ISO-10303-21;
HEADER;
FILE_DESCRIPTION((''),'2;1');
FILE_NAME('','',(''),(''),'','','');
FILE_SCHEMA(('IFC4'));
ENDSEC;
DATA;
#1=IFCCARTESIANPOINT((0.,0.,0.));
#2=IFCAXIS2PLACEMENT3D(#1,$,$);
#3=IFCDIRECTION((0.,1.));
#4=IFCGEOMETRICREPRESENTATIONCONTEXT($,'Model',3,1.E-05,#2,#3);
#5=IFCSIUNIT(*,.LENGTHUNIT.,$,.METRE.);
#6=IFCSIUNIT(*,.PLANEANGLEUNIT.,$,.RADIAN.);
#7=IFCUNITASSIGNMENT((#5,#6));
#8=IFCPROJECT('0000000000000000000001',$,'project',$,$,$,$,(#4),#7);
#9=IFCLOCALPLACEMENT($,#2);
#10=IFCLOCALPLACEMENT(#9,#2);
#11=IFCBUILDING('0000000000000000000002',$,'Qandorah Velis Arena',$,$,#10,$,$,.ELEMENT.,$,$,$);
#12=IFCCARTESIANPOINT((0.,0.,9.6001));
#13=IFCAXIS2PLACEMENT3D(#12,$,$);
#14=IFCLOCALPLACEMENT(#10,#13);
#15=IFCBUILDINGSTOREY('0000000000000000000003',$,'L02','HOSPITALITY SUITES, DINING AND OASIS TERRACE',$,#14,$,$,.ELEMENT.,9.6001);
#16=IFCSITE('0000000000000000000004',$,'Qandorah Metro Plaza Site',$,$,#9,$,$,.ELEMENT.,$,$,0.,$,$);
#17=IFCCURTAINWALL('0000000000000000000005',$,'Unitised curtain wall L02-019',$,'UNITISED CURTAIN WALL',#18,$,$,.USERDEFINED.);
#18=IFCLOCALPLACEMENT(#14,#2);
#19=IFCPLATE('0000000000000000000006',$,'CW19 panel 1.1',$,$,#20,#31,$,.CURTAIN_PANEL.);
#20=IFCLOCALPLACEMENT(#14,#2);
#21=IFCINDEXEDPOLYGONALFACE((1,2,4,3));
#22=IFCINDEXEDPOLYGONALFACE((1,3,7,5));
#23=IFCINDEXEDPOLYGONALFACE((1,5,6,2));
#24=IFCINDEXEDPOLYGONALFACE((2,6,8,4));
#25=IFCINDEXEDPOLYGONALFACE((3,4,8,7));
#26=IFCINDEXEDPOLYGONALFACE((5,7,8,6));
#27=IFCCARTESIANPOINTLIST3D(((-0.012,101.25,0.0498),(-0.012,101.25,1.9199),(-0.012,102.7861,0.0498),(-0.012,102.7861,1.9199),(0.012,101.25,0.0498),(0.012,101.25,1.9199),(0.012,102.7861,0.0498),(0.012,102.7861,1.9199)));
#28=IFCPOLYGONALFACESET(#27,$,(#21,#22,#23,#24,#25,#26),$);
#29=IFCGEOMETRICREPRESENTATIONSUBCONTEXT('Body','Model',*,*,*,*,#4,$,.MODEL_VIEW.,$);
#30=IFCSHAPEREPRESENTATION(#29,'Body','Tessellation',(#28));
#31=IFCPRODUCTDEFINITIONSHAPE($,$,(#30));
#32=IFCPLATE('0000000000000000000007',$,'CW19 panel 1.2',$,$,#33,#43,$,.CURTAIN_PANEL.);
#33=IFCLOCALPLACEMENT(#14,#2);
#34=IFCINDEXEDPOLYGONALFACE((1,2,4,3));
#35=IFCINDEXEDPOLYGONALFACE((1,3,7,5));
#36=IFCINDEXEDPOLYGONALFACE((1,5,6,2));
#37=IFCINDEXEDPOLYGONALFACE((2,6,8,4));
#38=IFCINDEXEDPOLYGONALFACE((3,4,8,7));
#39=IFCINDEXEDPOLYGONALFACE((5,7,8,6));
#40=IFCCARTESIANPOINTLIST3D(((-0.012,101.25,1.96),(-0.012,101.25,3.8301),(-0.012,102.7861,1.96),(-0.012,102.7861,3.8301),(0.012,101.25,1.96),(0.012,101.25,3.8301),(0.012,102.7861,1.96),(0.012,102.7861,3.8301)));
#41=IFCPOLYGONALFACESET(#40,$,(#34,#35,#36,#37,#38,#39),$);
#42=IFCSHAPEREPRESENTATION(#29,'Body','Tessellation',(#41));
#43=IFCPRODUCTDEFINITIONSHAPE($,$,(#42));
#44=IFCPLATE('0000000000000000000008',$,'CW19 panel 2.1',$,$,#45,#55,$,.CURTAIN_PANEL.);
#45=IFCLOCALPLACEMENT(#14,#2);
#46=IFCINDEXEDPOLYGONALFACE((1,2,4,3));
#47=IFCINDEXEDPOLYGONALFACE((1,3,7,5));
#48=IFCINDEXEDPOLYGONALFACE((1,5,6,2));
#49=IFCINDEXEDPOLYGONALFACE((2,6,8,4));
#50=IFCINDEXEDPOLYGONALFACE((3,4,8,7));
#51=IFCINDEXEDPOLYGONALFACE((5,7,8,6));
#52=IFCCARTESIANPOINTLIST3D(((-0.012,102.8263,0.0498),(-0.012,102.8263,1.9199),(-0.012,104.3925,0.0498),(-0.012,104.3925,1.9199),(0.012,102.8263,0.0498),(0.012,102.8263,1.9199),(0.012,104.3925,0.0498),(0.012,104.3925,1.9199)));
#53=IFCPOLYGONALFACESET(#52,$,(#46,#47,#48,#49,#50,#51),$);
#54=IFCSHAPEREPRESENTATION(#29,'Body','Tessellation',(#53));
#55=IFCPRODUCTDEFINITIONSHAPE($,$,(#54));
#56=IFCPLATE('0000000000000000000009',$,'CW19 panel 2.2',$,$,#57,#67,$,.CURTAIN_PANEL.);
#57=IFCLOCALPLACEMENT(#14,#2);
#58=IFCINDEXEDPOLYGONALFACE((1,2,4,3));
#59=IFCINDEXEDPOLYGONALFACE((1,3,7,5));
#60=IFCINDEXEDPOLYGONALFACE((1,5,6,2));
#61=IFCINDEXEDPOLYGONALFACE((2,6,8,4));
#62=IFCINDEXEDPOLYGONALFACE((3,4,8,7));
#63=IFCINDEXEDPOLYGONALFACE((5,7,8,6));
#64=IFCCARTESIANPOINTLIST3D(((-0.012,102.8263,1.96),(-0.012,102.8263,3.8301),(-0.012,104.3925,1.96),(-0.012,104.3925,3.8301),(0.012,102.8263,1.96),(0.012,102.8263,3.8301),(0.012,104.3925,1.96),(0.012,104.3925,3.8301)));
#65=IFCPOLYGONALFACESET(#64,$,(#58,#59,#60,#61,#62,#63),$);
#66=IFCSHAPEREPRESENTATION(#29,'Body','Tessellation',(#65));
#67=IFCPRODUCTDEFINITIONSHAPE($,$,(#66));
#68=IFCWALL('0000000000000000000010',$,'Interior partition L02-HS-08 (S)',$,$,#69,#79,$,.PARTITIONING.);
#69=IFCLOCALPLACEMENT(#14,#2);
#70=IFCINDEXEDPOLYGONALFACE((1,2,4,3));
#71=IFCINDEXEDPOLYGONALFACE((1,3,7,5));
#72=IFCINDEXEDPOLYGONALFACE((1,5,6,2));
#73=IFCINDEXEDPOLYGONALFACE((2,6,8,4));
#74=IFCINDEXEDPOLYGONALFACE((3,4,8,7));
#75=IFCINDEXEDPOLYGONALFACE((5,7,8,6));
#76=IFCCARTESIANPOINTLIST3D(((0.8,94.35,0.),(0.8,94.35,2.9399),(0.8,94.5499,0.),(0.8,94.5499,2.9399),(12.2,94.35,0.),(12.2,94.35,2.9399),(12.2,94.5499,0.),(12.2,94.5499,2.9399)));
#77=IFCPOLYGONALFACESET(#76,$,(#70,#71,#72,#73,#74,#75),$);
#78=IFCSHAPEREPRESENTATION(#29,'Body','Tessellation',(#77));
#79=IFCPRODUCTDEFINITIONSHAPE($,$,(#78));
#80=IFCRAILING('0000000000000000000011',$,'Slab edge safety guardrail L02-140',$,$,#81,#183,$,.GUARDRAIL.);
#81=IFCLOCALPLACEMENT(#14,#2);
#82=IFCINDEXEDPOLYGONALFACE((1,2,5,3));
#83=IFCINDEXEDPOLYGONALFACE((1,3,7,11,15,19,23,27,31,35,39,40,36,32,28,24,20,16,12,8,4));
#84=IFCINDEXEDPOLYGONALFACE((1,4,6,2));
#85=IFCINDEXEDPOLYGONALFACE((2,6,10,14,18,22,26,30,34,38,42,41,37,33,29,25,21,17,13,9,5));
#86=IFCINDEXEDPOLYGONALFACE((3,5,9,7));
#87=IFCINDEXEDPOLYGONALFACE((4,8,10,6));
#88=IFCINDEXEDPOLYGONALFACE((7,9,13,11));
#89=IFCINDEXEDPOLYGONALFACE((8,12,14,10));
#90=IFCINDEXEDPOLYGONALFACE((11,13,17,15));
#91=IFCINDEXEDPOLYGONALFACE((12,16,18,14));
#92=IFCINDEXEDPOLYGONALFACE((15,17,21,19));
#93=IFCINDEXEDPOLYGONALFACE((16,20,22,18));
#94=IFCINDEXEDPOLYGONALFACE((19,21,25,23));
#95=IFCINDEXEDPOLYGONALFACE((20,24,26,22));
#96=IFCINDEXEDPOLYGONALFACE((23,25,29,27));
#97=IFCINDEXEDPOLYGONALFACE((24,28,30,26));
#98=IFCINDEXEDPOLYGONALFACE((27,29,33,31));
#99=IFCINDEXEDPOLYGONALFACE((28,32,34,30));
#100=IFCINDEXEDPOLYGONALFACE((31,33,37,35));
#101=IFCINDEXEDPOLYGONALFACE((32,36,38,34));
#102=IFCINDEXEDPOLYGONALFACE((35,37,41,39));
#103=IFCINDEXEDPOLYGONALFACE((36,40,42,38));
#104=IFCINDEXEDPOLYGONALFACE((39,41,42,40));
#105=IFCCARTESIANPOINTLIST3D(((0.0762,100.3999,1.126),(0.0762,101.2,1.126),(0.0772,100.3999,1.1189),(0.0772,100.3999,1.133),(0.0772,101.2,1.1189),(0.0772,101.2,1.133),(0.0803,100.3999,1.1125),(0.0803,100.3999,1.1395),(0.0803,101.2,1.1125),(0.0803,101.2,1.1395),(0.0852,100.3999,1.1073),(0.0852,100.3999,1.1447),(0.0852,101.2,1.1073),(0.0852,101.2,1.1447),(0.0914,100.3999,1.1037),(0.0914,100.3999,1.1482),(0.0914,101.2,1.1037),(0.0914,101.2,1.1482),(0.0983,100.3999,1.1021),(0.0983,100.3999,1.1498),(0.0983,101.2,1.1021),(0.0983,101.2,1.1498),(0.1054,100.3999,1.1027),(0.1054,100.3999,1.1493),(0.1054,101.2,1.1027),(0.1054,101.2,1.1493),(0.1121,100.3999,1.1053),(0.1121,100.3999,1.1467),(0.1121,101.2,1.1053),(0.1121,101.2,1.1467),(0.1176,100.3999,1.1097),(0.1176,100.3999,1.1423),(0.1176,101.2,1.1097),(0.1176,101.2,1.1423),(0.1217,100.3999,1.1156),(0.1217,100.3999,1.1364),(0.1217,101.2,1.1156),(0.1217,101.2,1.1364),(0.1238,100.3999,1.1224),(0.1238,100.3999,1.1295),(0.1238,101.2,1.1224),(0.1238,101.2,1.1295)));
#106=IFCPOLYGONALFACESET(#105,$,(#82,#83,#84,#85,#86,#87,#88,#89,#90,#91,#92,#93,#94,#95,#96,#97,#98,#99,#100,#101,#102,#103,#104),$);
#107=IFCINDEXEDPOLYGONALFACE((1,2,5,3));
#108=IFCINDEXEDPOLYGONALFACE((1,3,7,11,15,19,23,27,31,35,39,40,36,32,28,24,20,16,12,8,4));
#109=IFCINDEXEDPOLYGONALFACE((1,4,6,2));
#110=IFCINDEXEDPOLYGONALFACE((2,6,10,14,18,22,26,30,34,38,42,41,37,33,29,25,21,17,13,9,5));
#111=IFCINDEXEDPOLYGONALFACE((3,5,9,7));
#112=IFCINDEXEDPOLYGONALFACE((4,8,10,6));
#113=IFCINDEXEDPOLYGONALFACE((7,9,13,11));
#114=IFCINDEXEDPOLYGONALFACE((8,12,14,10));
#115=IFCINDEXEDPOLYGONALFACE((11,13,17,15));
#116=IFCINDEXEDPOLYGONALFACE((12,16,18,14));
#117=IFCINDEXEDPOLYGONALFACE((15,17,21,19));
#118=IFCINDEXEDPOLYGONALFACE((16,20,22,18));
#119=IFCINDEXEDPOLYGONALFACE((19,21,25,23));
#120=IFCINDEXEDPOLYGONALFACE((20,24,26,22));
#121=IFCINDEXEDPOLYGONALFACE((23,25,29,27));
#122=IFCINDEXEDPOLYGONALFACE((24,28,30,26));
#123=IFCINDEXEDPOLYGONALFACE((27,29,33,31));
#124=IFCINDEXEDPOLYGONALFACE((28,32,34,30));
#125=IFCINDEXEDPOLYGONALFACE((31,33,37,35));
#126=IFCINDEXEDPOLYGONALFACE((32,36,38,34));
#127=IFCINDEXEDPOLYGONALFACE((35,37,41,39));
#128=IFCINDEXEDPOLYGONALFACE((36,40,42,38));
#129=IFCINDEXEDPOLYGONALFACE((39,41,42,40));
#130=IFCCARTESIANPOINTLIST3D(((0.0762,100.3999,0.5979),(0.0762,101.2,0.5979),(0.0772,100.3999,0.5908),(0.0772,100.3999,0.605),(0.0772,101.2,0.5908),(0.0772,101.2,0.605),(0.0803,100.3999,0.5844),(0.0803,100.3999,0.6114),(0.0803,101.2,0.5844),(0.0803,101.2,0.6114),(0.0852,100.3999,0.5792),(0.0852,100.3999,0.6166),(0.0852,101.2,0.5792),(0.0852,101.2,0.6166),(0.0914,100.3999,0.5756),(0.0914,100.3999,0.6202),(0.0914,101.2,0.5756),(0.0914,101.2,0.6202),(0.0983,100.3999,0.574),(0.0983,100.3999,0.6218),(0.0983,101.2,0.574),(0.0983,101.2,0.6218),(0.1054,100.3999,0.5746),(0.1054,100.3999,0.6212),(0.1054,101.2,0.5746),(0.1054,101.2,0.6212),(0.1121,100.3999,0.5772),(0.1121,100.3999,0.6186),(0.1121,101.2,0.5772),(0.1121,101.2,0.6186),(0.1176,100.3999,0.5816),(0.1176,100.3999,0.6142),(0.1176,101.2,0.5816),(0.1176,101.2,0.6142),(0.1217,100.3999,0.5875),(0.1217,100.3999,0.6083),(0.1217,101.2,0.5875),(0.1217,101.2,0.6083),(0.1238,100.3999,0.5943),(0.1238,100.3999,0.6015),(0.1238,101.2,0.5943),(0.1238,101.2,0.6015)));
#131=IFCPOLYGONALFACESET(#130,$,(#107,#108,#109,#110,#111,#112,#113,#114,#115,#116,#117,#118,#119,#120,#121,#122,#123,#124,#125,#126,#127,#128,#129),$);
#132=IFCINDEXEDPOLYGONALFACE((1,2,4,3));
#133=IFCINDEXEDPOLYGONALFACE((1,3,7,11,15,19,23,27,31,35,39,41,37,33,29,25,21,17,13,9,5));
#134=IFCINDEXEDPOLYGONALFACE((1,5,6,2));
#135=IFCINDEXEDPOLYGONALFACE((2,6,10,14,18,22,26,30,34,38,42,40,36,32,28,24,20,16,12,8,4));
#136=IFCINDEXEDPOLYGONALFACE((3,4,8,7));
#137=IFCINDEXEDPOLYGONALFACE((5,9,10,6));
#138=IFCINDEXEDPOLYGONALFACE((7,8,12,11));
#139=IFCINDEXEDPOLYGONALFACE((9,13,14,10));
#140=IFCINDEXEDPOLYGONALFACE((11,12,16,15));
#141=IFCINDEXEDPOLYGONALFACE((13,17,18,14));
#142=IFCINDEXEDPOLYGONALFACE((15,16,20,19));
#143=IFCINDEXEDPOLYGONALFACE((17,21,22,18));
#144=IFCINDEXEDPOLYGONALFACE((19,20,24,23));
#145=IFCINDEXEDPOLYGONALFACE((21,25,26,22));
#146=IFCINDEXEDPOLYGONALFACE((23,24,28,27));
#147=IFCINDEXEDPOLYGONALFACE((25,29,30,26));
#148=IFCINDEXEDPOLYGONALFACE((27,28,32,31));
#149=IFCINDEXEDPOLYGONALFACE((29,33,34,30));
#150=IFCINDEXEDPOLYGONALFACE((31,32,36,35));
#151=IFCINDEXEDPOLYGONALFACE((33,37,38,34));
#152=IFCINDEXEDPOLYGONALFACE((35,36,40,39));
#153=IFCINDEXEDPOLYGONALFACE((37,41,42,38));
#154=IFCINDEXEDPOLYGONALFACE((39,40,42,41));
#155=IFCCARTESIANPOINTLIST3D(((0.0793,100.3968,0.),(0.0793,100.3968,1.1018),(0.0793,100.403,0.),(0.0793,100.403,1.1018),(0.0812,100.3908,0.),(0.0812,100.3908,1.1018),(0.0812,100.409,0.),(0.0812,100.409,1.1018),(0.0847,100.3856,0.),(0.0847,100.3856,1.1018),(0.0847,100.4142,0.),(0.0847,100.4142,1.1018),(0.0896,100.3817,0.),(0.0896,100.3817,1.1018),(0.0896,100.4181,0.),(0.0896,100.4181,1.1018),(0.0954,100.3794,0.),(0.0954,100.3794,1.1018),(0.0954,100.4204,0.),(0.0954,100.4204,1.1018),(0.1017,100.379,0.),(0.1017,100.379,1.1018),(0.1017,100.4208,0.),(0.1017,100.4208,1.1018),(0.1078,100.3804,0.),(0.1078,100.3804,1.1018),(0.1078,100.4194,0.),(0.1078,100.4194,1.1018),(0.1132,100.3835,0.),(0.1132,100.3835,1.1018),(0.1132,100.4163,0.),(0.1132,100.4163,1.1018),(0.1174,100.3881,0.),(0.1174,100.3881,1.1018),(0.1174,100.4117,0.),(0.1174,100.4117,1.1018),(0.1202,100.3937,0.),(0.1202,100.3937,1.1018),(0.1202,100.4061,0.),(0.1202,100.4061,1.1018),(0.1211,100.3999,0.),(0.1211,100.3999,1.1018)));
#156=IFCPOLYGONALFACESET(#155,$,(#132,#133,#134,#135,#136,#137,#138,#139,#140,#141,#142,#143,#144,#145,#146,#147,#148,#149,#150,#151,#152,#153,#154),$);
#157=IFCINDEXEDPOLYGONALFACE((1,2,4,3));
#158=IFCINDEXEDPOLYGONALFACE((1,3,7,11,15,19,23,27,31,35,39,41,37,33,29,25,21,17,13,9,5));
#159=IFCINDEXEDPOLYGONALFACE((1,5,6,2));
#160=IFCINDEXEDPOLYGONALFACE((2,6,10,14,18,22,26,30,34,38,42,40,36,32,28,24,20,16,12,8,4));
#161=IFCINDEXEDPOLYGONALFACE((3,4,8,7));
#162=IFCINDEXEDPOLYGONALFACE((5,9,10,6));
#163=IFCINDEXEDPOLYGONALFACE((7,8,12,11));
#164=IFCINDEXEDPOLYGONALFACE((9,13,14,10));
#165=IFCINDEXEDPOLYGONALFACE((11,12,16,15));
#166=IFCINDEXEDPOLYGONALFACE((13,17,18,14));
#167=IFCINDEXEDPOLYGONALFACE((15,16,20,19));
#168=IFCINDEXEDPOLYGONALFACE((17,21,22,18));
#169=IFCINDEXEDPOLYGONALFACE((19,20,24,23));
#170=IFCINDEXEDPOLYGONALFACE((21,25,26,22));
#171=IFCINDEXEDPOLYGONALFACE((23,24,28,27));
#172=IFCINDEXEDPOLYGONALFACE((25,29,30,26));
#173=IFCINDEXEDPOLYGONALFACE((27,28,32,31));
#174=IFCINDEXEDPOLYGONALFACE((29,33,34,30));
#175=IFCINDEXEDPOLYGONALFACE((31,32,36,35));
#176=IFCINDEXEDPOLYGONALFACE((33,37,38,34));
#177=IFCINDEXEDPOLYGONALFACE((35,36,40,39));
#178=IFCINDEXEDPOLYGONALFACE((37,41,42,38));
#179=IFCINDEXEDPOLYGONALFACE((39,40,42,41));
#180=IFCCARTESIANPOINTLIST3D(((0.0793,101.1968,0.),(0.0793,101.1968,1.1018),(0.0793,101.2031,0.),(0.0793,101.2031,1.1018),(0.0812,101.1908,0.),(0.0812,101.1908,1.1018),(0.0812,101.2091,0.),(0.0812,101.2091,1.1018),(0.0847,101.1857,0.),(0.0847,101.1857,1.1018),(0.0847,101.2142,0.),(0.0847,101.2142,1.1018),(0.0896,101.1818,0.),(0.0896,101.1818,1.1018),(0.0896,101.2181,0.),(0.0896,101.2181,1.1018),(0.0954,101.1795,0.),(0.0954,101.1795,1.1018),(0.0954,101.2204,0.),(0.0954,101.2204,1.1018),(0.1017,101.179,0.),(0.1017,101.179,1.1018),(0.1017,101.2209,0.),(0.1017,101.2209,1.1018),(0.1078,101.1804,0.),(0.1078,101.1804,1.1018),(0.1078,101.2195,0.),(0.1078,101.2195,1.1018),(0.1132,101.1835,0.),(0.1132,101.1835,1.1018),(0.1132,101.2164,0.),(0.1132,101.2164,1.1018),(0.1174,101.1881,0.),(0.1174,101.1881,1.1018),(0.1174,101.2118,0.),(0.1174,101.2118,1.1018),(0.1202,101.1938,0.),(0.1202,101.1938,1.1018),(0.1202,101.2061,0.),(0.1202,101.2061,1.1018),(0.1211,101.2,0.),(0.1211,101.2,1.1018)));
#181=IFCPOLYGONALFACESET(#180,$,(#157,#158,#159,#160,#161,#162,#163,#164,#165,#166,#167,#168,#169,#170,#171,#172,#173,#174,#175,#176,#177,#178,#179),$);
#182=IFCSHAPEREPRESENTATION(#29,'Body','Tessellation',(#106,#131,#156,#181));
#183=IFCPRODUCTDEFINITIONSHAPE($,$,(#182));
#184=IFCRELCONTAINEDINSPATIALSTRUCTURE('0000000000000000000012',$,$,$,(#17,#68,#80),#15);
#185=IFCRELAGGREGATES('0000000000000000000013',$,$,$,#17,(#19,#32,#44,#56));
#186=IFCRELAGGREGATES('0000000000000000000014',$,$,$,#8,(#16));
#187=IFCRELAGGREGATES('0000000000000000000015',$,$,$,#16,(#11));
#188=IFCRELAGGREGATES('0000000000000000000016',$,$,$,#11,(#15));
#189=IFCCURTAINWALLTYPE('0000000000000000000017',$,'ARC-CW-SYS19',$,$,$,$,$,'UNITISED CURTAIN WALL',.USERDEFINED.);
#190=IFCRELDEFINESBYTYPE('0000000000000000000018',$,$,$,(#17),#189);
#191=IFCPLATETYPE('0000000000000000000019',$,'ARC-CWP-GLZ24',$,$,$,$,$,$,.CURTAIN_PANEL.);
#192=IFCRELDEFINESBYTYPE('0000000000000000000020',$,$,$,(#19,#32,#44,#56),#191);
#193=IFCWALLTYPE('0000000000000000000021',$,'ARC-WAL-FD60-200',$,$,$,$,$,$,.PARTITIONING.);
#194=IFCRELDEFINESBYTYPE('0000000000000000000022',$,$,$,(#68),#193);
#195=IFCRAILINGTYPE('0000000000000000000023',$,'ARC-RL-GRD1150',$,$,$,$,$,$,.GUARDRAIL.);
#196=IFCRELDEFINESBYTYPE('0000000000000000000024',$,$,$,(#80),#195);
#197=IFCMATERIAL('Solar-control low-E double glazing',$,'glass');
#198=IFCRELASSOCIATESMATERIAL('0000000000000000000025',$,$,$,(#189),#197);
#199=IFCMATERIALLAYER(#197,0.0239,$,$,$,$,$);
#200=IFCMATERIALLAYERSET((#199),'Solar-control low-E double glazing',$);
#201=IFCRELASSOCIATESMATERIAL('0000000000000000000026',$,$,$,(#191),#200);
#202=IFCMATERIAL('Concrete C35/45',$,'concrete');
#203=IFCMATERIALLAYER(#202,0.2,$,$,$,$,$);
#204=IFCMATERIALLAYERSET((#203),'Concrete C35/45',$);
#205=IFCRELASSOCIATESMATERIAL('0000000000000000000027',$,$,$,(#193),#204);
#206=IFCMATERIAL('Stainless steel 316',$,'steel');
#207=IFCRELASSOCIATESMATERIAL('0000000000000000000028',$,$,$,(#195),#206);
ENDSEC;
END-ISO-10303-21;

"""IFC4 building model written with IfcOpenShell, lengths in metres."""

from ifc_helpers import new_model, si_unit, direction, frame, frame_2d, origin, origin_2d, place, context, subcontext, project, spatial, rectangle, circle, extrude, material, layer, layer_set, type_object, element, aggregate, save


model = new_model("IFC4")

# Units and contexts
model_context = context("Model", 3, precision=1e-05, world=origin(), true_north=direction((0.0, 1.0)))
body_context = subcontext(model_context, "Body", "Model", "MODEL_VIEW")
ifc_project = project(units=[si_unit("LENGTHUNIT", "METRE"), si_unit("PLANEANGLEUNIT", "RADIAN")], contexts=[model_context])

# Site, building, storey
site_placement = place(None, origin())
site = spatial("IfcSite", under=ifc_project, at=site_placement, Name="Qandorah Metro Plaza Site", CompositionType="ELEMENT", RefElevation=0.0)
building_placement = place(site_placement, origin())
building = spatial("IfcBuilding", under=site, at=building_placement, Name="Qandorah Velis Arena", CompositionType="ELEMENT")
storey_placement = place(building_placement, frame((0.0, 0.0, 9.6001)))
storey = spatial("IfcBuildingStorey", under=building, at=storey_placement, Name="L02", Description="HOSPITALITY SUITES, DINING AND OASIS TERRACE", CompositionType="ELEMENT", Elevation=9.6001)

# Curtain wall
ifc_material_1 = material(Name="Solar-control low-E double glazing", Category="glass")
curtain_wall_type = type_object("IfcCurtainWallType", Name="ARC-CW-SYS19", ElementType="UNITISED CURTAIN WALL", PredefinedType="USERDEFINED", material=ifc_material_1)
curtain_wall_placement = place(storey_placement, origin())
curtain_wall = element("IfcCurtainWall", 1, at=curtain_wall_placement, inside=storey, type_object=curtain_wall_type, Name="Unitised curtain wall L02-019", ObjectType="UNITISED CURTAIN WALL", PredefinedType="USERDEFINED")

# Plates
ifc_layer_1 = layer(ifc_material_1, 0.0239)
ifc_layer_set_1 = layer_set([ifc_layer_1], Name="Solar-control low-E double glazing")
plate_type = type_object("IfcPlateType", Name="ARC-CWP-GLZ24", PredefinedType="CURTAIN_PANEL", material=ifc_layer_set_1)
plate_1_placement = place(storey_placement, frame((0.0, 102.0181, 0.0498), z_axis=(0.0, 0.0, 1.0), x_axis=(0.0, 1.0, 0.0)))
plate_1 = element("IfcPlate", 2, at=plate_1_placement, type_object=plate_type, Name="CW19 panel 1.1", PredefinedType="CURTAIN_PANEL", context=body_context, shape_type="SweptSolid", body=[
    extrude(rectangle(XDim=1.5361, YDim=0.0239, at=origin_2d()), origin(), (0.0, 0.0, 1.0), 1.8701),
])
plate_2_placement = place(storey_placement, frame((0.0, 102.0181, 1.96), z_axis=(0.0, 0.0, 1.0), x_axis=(0.0, 1.0, 0.0)))
plate_2 = element("IfcPlate", 3, at=plate_2_placement, type_object=plate_type, Name="CW19 panel 1.2", PredefinedType="CURTAIN_PANEL", context=body_context, shape_type="SweptSolid", body=[
    extrude(rectangle(XDim=1.5361, YDim=0.0239, at=origin_2d()), origin(), (0.0, 0.0, 1.0), 1.8701),
])
plate_3_placement = place(storey_placement, frame((0.0, 103.6094, 0.0498), z_axis=(0.0, 0.0, 1.0), x_axis=(0.0, 1.0, 0.0)))
plate_3 = element("IfcPlate", 4, at=plate_3_placement, type_object=plate_type, Name="CW19 panel 2.1", PredefinedType="CURTAIN_PANEL", context=body_context, shape_type="SweptSolid", body=[
    extrude(rectangle(XDim=1.5662, YDim=0.0239, at=origin_2d()), origin(), (0.0, 0.0, 1.0), 1.8701),
])
plate_4_placement = place(storey_placement, frame((0.0, 103.6094, 1.96), z_axis=(0.0, 0.0, 1.0), x_axis=(0.0, 1.0, 0.0)))
plate_4 = element("IfcPlate", 5, at=plate_4_placement, type_object=plate_type, Name="CW19 panel 2.2", PredefinedType="CURTAIN_PANEL", context=body_context, shape_type="SweptSolid", body=[
    extrude(rectangle(XDim=1.5662, YDim=0.0239, at=origin_2d()), origin(), (0.0, 0.0, 1.0), 1.8701),
])
aggregate(curtain_wall, [plate_1, plate_2, plate_3, plate_4])

# Wall
ifc_material_2 = material(Name="Concrete C35/45", Category="concrete")
ifc_layer_2 = layer(ifc_material_2, 0.2)
ifc_layer_set_2 = layer_set([ifc_layer_2], Name="Concrete C35/45")
wall_type = type_object("IfcWallType", Name="ARC-WAL-FD60-200", PredefinedType="PARTITIONING", material=ifc_layer_set_2)
wall_placement = place(storey_placement, frame((0.8, 94.45, 0.0), z_axis=(0.0, 0.0, 1.0), x_axis=(1.0, 0.0, 0.0)))
element("IfcWall", 6, at=wall_placement, inside=storey, type_object=wall_type, Name="Interior partition L02-HS-08 (S)", PredefinedType="PARTITIONING", context=body_context, shape_type="SweptSolid", body=[
    extrude(rectangle(XDim=11.3999, YDim=0.2, at=frame_2d((5.7, 0.0))), origin(), (0.0, 0.0, 1.0), 2.9399),
])

# Railing
ifc_material_3 = material(Name="Stainless steel 316", Category="steel")
railing_type = type_object("IfcRailingType", Name="ARC-RL-GRD1150", PredefinedType="GUARDRAIL", material=ifc_material_3)
railing_placement = place(storey_placement, frame((0.1001, 100.3999, 0.0)))
element("IfcRailing", 7, at=railing_placement, inside=storey, type_object=railing_type, Name="Slab edge safety guardrail L02-140", PredefinedType="GUARDRAIL", context=body_context, shape_type="SweptSolid", body=[
    extrude(circle(Radius=0.0239, at=origin_2d()), frame((0.0, 0.0, 1.126), z_axis=(0.0, 1.0, 0.0), x_axis=(-1.0, 0.0, 0.0)), (0.0, 0.0, 1.0), 0.8),
    extrude(circle(Radius=0.0239, at=origin_2d()), frame((0.0, 0.0, 0.5979), z_axis=(0.0, 1.0, 0.0), x_axis=(-1.0, 0.0, 0.0)), (0.0, 0.0, 1.0), 0.8),
    extrude(circle(Radius=0.021, at=origin_2d()), origin(), (0.0, 0.0, 1.0), 1.1018),
    extrude(circle(Radius=0.021, at=origin_2d()), frame((0.0, 0.8, 0.0)), (0.0, 0.0, 1.0), 1.1018),
])

save(model, "model.ifc")
